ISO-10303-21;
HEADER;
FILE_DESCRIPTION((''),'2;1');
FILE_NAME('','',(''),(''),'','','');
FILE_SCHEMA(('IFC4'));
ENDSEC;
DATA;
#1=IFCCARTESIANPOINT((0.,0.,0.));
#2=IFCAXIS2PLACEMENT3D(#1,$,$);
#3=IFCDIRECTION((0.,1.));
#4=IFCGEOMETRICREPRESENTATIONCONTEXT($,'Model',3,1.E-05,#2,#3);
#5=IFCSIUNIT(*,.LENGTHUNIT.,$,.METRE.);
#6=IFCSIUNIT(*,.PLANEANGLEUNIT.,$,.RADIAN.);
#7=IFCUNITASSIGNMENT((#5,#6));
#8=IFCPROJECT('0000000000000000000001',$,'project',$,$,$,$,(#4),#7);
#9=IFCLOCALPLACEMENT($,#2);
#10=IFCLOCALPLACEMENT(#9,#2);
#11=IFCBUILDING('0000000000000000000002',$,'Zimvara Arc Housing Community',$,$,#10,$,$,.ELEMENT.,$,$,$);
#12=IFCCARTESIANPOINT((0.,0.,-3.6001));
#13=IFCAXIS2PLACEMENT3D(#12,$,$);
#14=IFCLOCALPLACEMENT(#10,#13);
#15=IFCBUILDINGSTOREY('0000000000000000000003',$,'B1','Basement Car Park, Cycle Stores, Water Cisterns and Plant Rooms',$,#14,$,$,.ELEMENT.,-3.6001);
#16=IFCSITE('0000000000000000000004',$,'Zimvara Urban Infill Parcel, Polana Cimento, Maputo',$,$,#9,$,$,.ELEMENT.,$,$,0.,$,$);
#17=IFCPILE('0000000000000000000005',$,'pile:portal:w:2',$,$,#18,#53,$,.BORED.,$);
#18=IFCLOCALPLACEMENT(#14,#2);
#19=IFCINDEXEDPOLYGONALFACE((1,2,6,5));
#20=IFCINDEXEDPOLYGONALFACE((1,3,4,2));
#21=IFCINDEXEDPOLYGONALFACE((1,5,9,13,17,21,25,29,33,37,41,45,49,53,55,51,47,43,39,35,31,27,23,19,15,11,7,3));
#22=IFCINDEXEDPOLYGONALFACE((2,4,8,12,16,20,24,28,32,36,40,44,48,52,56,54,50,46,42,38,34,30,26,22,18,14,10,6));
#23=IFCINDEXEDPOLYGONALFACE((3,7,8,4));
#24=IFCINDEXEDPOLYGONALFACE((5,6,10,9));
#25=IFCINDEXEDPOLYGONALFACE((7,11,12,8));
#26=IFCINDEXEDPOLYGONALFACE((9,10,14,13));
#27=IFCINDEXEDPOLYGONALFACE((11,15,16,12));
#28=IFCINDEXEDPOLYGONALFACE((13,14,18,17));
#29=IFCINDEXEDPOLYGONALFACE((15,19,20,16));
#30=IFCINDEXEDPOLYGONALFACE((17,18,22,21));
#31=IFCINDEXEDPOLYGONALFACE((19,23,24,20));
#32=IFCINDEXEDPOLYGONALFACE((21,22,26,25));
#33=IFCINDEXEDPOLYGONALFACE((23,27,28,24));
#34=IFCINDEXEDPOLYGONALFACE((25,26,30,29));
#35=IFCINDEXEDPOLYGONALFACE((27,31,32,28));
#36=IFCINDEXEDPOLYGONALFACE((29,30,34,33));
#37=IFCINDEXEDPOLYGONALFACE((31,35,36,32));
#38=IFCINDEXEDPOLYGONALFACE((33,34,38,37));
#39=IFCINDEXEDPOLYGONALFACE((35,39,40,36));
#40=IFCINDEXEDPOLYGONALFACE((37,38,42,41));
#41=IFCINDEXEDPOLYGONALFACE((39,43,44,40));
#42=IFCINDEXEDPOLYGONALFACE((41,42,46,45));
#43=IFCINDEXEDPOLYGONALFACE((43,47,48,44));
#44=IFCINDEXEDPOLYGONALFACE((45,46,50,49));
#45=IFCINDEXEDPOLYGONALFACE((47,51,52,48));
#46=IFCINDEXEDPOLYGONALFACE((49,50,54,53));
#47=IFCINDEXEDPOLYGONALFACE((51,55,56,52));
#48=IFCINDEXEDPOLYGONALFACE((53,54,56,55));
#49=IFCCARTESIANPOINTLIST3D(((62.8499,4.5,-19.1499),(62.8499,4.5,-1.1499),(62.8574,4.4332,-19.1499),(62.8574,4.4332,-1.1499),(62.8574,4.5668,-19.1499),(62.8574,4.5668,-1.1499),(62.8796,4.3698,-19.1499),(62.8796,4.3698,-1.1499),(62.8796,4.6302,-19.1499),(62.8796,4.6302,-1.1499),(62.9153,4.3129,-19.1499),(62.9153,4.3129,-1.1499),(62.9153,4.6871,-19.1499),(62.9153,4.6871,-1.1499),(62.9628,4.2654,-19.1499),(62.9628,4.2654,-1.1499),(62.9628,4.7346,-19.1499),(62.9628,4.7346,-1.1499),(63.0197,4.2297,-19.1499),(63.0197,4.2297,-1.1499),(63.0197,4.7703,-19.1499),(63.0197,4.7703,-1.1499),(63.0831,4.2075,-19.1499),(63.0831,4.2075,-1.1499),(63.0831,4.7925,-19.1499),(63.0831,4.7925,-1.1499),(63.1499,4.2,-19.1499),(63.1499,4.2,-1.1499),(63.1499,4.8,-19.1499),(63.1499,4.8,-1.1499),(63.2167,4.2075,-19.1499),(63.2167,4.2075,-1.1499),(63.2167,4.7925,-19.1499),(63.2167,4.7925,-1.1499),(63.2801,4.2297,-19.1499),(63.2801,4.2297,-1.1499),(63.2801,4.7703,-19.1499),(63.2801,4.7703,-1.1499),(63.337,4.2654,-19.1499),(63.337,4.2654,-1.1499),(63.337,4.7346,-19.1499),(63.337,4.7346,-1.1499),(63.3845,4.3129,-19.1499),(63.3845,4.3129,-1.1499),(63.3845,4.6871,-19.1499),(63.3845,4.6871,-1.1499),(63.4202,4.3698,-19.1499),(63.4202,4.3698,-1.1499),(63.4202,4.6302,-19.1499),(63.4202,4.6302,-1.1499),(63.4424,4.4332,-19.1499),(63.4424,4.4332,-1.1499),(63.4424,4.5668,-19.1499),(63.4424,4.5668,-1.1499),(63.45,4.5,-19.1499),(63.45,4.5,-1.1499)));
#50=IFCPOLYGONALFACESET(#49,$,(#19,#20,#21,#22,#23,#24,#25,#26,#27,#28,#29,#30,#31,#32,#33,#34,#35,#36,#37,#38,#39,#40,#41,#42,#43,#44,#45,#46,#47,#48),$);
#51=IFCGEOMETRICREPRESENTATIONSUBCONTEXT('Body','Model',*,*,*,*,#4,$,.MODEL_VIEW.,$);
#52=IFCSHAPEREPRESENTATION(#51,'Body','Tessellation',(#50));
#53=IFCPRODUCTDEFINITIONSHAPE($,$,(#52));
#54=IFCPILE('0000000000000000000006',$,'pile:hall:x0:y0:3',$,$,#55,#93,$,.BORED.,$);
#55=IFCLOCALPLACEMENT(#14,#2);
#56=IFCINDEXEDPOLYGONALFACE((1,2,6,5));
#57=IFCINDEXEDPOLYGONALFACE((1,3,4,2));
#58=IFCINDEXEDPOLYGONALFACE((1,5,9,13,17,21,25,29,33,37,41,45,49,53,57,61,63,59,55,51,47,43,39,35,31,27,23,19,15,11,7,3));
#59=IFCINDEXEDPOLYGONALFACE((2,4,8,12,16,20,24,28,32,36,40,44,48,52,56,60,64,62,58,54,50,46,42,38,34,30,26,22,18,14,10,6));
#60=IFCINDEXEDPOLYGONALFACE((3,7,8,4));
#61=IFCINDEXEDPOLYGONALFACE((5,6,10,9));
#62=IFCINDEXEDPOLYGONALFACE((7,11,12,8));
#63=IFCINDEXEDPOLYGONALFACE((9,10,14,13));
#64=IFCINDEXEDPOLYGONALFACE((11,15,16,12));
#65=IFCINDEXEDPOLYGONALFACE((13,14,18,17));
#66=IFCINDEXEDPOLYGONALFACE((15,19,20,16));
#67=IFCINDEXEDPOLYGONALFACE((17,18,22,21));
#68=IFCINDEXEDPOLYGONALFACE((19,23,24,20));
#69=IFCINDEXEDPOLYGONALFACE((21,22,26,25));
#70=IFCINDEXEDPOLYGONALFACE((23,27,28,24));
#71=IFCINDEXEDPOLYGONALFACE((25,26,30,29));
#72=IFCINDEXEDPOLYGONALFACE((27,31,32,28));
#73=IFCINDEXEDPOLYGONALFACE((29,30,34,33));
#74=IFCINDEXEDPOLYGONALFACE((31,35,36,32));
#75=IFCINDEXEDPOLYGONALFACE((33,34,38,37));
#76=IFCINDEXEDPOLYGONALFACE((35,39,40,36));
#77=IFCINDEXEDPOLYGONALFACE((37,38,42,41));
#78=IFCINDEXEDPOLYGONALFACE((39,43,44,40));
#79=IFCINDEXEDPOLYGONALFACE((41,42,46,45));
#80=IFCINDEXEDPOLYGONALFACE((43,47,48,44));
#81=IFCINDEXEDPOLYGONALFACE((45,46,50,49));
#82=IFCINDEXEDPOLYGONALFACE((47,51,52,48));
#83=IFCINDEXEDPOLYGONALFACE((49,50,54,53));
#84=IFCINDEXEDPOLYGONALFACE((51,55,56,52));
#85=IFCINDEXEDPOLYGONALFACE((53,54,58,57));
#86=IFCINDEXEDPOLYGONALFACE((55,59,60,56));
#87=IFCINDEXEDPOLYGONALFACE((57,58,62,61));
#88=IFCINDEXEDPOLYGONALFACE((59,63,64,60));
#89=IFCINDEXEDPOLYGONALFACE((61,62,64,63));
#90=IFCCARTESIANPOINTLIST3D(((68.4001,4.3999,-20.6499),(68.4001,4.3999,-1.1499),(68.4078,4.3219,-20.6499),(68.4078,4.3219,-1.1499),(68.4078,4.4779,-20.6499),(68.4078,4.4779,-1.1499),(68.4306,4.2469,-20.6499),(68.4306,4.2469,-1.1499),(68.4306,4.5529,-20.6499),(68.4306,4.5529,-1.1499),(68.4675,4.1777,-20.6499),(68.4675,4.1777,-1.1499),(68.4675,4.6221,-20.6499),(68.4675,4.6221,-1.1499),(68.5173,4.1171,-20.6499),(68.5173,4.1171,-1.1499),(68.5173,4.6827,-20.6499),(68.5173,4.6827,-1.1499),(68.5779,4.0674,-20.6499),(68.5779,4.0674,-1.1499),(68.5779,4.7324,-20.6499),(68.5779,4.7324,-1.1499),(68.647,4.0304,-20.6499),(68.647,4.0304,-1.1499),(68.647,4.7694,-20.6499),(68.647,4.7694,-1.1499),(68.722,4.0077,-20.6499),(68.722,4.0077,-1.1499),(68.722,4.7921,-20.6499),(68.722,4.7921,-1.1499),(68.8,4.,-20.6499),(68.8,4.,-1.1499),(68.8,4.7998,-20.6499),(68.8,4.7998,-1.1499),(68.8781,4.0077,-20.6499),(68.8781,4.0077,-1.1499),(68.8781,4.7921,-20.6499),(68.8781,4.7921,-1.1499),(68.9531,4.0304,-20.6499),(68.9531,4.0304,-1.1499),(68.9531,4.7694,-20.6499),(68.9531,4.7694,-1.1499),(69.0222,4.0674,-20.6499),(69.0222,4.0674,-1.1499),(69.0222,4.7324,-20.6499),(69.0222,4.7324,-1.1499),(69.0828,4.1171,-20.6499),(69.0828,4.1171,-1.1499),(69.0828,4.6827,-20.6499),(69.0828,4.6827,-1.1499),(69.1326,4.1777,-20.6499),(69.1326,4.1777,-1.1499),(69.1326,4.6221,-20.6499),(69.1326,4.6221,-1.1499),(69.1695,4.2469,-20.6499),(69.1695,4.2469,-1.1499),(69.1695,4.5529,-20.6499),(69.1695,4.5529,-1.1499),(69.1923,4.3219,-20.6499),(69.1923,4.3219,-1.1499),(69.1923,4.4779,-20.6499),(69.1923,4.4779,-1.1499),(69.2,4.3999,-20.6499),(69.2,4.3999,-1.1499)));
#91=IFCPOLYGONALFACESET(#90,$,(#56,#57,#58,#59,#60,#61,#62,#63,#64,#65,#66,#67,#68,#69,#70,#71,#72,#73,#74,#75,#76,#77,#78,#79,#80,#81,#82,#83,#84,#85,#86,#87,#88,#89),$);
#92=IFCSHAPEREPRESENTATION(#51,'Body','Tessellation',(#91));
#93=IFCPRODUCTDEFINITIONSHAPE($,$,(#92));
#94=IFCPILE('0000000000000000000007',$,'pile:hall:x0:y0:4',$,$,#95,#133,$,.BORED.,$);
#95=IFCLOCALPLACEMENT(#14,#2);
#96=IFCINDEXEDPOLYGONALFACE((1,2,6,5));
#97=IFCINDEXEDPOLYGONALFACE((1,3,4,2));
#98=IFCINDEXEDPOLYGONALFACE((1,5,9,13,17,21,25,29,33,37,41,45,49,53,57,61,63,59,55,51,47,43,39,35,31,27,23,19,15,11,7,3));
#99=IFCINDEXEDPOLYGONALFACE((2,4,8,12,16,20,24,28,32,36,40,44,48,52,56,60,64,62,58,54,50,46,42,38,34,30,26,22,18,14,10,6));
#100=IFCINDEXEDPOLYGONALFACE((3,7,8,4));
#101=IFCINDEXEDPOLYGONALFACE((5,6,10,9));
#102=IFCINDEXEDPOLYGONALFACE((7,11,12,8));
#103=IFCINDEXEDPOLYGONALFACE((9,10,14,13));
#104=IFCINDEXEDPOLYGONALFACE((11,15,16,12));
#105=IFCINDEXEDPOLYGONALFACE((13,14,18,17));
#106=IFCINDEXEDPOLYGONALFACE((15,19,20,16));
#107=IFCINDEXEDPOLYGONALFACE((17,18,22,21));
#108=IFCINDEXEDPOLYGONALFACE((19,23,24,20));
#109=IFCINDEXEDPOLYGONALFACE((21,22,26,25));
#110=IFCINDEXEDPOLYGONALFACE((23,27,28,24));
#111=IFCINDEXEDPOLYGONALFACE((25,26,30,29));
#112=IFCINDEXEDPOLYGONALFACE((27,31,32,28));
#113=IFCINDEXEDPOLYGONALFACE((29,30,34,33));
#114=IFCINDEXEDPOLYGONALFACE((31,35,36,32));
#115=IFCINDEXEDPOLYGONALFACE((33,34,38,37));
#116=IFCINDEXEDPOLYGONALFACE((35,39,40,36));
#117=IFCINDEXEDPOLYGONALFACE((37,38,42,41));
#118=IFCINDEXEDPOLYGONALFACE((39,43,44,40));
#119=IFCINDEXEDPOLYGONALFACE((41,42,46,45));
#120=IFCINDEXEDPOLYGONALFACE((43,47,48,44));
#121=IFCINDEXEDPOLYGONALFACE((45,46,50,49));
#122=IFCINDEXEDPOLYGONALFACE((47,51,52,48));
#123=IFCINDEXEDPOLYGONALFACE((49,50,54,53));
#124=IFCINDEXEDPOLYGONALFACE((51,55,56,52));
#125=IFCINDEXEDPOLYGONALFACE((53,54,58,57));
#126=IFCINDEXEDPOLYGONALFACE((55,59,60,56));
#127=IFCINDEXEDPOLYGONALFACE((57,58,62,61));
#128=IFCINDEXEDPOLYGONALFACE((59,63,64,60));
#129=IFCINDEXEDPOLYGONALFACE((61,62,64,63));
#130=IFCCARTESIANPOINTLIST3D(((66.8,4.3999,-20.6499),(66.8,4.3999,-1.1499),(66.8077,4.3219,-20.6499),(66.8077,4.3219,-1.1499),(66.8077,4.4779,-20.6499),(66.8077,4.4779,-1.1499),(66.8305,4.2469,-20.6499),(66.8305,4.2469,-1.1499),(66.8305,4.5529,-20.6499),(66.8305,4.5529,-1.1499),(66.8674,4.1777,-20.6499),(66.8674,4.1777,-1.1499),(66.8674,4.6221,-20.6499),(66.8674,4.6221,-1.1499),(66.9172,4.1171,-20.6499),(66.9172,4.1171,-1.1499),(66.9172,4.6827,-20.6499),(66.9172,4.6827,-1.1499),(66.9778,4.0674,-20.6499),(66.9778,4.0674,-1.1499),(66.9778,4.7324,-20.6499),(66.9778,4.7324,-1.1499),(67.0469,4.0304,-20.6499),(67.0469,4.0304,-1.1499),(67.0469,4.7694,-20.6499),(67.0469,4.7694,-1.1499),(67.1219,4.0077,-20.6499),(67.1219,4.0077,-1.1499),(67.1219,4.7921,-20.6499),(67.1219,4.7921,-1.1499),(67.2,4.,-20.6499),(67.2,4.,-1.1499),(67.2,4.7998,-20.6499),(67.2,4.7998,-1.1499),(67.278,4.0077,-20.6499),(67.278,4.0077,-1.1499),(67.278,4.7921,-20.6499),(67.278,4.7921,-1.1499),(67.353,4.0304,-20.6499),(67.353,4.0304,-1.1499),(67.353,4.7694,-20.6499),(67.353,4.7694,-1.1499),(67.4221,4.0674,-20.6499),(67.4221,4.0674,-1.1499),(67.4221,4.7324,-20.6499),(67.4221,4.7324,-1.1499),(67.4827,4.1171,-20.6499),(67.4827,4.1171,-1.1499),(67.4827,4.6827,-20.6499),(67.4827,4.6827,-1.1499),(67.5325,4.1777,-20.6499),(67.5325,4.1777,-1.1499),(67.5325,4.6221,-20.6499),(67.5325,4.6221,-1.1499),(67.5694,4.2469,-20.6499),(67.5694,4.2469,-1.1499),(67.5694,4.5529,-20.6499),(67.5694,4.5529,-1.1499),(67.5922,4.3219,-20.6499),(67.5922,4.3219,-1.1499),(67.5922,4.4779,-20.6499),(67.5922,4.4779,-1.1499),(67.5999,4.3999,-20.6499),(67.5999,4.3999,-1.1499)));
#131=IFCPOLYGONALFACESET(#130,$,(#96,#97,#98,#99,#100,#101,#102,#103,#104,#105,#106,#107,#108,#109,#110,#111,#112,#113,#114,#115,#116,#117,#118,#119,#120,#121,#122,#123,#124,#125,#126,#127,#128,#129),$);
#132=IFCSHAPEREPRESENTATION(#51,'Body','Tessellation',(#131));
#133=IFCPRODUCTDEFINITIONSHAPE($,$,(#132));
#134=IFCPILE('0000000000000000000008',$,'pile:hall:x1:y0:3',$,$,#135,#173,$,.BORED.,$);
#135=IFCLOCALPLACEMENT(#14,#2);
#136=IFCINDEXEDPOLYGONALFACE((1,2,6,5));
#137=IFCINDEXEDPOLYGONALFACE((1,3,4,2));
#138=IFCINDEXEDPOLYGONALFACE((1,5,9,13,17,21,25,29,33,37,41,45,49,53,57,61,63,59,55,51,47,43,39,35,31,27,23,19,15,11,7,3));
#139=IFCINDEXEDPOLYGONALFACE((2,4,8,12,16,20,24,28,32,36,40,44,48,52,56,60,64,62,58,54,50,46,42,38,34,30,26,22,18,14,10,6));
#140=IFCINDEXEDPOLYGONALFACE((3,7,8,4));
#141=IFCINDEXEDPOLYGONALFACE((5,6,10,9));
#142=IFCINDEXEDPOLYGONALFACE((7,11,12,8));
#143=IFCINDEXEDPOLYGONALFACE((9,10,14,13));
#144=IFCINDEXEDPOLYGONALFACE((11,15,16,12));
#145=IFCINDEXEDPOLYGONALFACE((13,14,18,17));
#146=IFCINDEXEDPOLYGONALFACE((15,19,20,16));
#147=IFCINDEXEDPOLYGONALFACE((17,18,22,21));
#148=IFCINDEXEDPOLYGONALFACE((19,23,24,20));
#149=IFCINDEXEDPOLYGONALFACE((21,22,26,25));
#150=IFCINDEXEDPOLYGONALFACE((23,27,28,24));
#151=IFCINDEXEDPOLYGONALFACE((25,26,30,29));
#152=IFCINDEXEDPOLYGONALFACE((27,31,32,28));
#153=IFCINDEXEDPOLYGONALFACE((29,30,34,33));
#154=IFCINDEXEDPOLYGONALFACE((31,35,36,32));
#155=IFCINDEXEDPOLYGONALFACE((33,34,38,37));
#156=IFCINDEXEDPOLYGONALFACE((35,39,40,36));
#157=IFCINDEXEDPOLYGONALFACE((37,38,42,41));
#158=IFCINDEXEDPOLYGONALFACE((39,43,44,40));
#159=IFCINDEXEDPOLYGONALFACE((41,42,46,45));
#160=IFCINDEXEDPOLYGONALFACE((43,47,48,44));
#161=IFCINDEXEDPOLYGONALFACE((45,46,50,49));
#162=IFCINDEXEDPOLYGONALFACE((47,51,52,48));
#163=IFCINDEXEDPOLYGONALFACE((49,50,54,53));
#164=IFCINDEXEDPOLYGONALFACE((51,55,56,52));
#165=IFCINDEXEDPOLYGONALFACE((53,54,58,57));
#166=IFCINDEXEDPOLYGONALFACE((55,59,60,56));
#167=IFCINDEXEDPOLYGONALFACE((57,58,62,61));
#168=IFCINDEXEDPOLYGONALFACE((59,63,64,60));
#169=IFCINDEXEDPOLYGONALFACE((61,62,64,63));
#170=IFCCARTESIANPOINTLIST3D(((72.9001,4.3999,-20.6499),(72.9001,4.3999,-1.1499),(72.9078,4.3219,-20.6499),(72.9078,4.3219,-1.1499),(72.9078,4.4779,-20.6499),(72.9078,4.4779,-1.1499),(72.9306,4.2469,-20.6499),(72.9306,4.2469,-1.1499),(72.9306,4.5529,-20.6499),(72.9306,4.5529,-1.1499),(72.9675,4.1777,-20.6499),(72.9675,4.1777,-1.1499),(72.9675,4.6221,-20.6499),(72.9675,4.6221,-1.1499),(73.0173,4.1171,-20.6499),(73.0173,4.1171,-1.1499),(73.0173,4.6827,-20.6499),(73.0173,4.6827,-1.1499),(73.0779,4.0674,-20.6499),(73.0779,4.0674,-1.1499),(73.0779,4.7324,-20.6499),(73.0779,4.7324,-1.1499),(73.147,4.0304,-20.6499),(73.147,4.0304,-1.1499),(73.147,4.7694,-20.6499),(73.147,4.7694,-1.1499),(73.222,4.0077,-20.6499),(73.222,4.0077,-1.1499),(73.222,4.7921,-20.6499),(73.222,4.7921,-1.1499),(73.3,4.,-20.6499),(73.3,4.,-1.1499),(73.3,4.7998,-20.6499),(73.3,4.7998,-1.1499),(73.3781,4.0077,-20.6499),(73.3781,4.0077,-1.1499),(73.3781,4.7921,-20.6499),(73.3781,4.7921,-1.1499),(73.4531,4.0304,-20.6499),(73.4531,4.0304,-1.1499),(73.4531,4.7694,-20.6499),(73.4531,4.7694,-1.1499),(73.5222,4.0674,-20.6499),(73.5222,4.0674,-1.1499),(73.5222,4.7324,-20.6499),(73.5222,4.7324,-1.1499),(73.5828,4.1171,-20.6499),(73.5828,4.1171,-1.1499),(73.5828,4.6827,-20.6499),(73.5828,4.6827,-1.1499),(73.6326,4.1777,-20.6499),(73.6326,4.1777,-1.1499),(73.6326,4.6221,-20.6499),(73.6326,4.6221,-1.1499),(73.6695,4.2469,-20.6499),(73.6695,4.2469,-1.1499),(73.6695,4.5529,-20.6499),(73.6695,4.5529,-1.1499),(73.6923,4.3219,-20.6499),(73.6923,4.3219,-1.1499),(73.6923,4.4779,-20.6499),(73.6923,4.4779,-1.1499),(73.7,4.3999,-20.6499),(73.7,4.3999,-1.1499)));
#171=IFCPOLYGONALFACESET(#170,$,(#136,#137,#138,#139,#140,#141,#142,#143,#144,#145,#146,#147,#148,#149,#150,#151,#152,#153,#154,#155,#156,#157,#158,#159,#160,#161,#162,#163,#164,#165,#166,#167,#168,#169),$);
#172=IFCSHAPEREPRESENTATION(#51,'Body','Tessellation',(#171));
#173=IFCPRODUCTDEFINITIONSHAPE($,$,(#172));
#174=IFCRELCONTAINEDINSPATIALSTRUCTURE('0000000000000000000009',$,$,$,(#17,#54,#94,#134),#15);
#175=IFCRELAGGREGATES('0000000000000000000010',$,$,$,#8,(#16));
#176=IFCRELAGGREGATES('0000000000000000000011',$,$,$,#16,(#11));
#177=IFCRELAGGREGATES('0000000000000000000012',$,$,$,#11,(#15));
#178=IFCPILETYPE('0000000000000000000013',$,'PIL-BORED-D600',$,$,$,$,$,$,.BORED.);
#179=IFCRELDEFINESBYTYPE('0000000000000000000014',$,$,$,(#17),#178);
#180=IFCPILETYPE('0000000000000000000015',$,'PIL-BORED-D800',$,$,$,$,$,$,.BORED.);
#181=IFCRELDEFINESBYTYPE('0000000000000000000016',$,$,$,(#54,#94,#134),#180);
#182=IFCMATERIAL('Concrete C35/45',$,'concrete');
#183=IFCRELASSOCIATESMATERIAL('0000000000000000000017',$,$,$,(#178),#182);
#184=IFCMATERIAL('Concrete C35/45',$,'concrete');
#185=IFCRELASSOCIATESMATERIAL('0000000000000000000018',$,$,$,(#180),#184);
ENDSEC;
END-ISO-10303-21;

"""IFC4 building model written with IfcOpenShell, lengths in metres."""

from ifc_helpers import new_model, si_unit, direction, frame, origin, origin_2d, place, context, subcontext, project, spatial, circle, extrude, material, material_profile, profile_set, type_object, element, save


model = new_model("IFC4")

# Units and contexts
model_context = context("Model", 3, precision=1e-05, world=origin(), true_north=direction((0.0, 1.0)))
body_context = subcontext(model_context, "Body", "Model", "MODEL_VIEW")
ifc_project = project(units=[si_unit("LENGTHUNIT", "METRE"), si_unit("PLANEANGLEUNIT", "RADIAN")], contexts=[model_context])

# Site, building, storey
site_placement = place(None, origin())
site = spatial("IfcSite", under=ifc_project, at=site_placement, Name="Zimvara Urban Infill Parcel, Polana Cimento, Maputo", CompositionType="ELEMENT", RefElevation=0.0)
building_placement = place(site_placement, origin())
building = spatial("IfcBuilding", under=site, at=building_placement, Name="Zimvara Arc Housing Community", CompositionType="ELEMENT")
storey_placement = place(building_placement, frame((0.0, 0.0, -3.6001)))
storey = spatial("IfcBuildingStorey", under=building, at=storey_placement, Name="B1", Description="Basement Car Park, Cycle Stores, Water Cisterns and Plant Rooms", CompositionType="ELEMENT", Elevation=-3.6001)

# Piles
ifc_material_1 = material(Name="Concrete C35/45", Category="concrete")
ifc_material_profile_1 = material_profile(ifc_material_1, circle(Radius=0.3, at=origin_2d()), Name="PILE D600")
ifc_profile_set_1 = profile_set([ifc_material_profile_1], Name="Concrete C35/45")
pile_type_1 = type_object("IfcPileType", Name="PIL-BORED-D600", PredefinedType="BORED", material=ifc_profile_set_1)
for number, where, z_axis, x_axis, name in (
    (1, (63.1499, 4.5, -1.1499), (0.0, 0.0, -1.0), (1.0, 0.0, 0.0), "pile:portal:w:2"),
):
    element("IfcPile", number, at=place(storey_placement, frame(where, z_axis=z_axis, x_axis=x_axis)), inside=storey, type_object=pile_type_1, Name=name, PredefinedType="BORED", context=body_context, shape_type="SweptSolid", body=[
        extrude(circle(Radius=0.3, at=origin_2d()), origin(), (0.0, 0.0, 1.0), 18.0),
    ])
ifc_material_2 = material(Name="Concrete C35/45", Category="concrete")
ifc_material_profile_2 = material_profile(ifc_material_2, circle(Radius=0.3999, at=origin_2d()), Name="PILE D800")
ifc_profile_set_2 = profile_set([ifc_material_profile_2], Name="Concrete C35/45")
pile_type_2 = type_object("IfcPileType", Name="PIL-BORED-D800", PredefinedType="BORED", material=ifc_profile_set_2)
for number, where, z_axis, x_axis, name in (
    (2, (68.8, 4.3999, -1.1499), (0.0, 0.0, -1.0), (1.0, 0.0, 0.0), "pile:hall:x0:y0:3"),
    (3, (67.2, 4.3999, -1.1499), (0.0, 0.0, -1.0), (1.0, 0.0, 0.0), "pile:hall:x0:y0:4"),
    (4, (73.3, 4.3999, -1.1499), (0.0, 0.0, -1.0), (1.0, 0.0, 0.0), "pile:hall:x1:y0:3"),
):
    element("IfcPile", number, at=place(storey_placement, frame(where, z_axis=z_axis, x_axis=x_axis)), inside=storey, type_object=pile_type_2, Name=name, PredefinedType="BORED", context=body_context, shape_type="SweptSolid", body=[
        extrude(circle(Radius=0.3999, at=origin_2d()), origin(), (0.0, 0.0, 1.0), 19.5),
    ])

save(model, "model.ifc")
